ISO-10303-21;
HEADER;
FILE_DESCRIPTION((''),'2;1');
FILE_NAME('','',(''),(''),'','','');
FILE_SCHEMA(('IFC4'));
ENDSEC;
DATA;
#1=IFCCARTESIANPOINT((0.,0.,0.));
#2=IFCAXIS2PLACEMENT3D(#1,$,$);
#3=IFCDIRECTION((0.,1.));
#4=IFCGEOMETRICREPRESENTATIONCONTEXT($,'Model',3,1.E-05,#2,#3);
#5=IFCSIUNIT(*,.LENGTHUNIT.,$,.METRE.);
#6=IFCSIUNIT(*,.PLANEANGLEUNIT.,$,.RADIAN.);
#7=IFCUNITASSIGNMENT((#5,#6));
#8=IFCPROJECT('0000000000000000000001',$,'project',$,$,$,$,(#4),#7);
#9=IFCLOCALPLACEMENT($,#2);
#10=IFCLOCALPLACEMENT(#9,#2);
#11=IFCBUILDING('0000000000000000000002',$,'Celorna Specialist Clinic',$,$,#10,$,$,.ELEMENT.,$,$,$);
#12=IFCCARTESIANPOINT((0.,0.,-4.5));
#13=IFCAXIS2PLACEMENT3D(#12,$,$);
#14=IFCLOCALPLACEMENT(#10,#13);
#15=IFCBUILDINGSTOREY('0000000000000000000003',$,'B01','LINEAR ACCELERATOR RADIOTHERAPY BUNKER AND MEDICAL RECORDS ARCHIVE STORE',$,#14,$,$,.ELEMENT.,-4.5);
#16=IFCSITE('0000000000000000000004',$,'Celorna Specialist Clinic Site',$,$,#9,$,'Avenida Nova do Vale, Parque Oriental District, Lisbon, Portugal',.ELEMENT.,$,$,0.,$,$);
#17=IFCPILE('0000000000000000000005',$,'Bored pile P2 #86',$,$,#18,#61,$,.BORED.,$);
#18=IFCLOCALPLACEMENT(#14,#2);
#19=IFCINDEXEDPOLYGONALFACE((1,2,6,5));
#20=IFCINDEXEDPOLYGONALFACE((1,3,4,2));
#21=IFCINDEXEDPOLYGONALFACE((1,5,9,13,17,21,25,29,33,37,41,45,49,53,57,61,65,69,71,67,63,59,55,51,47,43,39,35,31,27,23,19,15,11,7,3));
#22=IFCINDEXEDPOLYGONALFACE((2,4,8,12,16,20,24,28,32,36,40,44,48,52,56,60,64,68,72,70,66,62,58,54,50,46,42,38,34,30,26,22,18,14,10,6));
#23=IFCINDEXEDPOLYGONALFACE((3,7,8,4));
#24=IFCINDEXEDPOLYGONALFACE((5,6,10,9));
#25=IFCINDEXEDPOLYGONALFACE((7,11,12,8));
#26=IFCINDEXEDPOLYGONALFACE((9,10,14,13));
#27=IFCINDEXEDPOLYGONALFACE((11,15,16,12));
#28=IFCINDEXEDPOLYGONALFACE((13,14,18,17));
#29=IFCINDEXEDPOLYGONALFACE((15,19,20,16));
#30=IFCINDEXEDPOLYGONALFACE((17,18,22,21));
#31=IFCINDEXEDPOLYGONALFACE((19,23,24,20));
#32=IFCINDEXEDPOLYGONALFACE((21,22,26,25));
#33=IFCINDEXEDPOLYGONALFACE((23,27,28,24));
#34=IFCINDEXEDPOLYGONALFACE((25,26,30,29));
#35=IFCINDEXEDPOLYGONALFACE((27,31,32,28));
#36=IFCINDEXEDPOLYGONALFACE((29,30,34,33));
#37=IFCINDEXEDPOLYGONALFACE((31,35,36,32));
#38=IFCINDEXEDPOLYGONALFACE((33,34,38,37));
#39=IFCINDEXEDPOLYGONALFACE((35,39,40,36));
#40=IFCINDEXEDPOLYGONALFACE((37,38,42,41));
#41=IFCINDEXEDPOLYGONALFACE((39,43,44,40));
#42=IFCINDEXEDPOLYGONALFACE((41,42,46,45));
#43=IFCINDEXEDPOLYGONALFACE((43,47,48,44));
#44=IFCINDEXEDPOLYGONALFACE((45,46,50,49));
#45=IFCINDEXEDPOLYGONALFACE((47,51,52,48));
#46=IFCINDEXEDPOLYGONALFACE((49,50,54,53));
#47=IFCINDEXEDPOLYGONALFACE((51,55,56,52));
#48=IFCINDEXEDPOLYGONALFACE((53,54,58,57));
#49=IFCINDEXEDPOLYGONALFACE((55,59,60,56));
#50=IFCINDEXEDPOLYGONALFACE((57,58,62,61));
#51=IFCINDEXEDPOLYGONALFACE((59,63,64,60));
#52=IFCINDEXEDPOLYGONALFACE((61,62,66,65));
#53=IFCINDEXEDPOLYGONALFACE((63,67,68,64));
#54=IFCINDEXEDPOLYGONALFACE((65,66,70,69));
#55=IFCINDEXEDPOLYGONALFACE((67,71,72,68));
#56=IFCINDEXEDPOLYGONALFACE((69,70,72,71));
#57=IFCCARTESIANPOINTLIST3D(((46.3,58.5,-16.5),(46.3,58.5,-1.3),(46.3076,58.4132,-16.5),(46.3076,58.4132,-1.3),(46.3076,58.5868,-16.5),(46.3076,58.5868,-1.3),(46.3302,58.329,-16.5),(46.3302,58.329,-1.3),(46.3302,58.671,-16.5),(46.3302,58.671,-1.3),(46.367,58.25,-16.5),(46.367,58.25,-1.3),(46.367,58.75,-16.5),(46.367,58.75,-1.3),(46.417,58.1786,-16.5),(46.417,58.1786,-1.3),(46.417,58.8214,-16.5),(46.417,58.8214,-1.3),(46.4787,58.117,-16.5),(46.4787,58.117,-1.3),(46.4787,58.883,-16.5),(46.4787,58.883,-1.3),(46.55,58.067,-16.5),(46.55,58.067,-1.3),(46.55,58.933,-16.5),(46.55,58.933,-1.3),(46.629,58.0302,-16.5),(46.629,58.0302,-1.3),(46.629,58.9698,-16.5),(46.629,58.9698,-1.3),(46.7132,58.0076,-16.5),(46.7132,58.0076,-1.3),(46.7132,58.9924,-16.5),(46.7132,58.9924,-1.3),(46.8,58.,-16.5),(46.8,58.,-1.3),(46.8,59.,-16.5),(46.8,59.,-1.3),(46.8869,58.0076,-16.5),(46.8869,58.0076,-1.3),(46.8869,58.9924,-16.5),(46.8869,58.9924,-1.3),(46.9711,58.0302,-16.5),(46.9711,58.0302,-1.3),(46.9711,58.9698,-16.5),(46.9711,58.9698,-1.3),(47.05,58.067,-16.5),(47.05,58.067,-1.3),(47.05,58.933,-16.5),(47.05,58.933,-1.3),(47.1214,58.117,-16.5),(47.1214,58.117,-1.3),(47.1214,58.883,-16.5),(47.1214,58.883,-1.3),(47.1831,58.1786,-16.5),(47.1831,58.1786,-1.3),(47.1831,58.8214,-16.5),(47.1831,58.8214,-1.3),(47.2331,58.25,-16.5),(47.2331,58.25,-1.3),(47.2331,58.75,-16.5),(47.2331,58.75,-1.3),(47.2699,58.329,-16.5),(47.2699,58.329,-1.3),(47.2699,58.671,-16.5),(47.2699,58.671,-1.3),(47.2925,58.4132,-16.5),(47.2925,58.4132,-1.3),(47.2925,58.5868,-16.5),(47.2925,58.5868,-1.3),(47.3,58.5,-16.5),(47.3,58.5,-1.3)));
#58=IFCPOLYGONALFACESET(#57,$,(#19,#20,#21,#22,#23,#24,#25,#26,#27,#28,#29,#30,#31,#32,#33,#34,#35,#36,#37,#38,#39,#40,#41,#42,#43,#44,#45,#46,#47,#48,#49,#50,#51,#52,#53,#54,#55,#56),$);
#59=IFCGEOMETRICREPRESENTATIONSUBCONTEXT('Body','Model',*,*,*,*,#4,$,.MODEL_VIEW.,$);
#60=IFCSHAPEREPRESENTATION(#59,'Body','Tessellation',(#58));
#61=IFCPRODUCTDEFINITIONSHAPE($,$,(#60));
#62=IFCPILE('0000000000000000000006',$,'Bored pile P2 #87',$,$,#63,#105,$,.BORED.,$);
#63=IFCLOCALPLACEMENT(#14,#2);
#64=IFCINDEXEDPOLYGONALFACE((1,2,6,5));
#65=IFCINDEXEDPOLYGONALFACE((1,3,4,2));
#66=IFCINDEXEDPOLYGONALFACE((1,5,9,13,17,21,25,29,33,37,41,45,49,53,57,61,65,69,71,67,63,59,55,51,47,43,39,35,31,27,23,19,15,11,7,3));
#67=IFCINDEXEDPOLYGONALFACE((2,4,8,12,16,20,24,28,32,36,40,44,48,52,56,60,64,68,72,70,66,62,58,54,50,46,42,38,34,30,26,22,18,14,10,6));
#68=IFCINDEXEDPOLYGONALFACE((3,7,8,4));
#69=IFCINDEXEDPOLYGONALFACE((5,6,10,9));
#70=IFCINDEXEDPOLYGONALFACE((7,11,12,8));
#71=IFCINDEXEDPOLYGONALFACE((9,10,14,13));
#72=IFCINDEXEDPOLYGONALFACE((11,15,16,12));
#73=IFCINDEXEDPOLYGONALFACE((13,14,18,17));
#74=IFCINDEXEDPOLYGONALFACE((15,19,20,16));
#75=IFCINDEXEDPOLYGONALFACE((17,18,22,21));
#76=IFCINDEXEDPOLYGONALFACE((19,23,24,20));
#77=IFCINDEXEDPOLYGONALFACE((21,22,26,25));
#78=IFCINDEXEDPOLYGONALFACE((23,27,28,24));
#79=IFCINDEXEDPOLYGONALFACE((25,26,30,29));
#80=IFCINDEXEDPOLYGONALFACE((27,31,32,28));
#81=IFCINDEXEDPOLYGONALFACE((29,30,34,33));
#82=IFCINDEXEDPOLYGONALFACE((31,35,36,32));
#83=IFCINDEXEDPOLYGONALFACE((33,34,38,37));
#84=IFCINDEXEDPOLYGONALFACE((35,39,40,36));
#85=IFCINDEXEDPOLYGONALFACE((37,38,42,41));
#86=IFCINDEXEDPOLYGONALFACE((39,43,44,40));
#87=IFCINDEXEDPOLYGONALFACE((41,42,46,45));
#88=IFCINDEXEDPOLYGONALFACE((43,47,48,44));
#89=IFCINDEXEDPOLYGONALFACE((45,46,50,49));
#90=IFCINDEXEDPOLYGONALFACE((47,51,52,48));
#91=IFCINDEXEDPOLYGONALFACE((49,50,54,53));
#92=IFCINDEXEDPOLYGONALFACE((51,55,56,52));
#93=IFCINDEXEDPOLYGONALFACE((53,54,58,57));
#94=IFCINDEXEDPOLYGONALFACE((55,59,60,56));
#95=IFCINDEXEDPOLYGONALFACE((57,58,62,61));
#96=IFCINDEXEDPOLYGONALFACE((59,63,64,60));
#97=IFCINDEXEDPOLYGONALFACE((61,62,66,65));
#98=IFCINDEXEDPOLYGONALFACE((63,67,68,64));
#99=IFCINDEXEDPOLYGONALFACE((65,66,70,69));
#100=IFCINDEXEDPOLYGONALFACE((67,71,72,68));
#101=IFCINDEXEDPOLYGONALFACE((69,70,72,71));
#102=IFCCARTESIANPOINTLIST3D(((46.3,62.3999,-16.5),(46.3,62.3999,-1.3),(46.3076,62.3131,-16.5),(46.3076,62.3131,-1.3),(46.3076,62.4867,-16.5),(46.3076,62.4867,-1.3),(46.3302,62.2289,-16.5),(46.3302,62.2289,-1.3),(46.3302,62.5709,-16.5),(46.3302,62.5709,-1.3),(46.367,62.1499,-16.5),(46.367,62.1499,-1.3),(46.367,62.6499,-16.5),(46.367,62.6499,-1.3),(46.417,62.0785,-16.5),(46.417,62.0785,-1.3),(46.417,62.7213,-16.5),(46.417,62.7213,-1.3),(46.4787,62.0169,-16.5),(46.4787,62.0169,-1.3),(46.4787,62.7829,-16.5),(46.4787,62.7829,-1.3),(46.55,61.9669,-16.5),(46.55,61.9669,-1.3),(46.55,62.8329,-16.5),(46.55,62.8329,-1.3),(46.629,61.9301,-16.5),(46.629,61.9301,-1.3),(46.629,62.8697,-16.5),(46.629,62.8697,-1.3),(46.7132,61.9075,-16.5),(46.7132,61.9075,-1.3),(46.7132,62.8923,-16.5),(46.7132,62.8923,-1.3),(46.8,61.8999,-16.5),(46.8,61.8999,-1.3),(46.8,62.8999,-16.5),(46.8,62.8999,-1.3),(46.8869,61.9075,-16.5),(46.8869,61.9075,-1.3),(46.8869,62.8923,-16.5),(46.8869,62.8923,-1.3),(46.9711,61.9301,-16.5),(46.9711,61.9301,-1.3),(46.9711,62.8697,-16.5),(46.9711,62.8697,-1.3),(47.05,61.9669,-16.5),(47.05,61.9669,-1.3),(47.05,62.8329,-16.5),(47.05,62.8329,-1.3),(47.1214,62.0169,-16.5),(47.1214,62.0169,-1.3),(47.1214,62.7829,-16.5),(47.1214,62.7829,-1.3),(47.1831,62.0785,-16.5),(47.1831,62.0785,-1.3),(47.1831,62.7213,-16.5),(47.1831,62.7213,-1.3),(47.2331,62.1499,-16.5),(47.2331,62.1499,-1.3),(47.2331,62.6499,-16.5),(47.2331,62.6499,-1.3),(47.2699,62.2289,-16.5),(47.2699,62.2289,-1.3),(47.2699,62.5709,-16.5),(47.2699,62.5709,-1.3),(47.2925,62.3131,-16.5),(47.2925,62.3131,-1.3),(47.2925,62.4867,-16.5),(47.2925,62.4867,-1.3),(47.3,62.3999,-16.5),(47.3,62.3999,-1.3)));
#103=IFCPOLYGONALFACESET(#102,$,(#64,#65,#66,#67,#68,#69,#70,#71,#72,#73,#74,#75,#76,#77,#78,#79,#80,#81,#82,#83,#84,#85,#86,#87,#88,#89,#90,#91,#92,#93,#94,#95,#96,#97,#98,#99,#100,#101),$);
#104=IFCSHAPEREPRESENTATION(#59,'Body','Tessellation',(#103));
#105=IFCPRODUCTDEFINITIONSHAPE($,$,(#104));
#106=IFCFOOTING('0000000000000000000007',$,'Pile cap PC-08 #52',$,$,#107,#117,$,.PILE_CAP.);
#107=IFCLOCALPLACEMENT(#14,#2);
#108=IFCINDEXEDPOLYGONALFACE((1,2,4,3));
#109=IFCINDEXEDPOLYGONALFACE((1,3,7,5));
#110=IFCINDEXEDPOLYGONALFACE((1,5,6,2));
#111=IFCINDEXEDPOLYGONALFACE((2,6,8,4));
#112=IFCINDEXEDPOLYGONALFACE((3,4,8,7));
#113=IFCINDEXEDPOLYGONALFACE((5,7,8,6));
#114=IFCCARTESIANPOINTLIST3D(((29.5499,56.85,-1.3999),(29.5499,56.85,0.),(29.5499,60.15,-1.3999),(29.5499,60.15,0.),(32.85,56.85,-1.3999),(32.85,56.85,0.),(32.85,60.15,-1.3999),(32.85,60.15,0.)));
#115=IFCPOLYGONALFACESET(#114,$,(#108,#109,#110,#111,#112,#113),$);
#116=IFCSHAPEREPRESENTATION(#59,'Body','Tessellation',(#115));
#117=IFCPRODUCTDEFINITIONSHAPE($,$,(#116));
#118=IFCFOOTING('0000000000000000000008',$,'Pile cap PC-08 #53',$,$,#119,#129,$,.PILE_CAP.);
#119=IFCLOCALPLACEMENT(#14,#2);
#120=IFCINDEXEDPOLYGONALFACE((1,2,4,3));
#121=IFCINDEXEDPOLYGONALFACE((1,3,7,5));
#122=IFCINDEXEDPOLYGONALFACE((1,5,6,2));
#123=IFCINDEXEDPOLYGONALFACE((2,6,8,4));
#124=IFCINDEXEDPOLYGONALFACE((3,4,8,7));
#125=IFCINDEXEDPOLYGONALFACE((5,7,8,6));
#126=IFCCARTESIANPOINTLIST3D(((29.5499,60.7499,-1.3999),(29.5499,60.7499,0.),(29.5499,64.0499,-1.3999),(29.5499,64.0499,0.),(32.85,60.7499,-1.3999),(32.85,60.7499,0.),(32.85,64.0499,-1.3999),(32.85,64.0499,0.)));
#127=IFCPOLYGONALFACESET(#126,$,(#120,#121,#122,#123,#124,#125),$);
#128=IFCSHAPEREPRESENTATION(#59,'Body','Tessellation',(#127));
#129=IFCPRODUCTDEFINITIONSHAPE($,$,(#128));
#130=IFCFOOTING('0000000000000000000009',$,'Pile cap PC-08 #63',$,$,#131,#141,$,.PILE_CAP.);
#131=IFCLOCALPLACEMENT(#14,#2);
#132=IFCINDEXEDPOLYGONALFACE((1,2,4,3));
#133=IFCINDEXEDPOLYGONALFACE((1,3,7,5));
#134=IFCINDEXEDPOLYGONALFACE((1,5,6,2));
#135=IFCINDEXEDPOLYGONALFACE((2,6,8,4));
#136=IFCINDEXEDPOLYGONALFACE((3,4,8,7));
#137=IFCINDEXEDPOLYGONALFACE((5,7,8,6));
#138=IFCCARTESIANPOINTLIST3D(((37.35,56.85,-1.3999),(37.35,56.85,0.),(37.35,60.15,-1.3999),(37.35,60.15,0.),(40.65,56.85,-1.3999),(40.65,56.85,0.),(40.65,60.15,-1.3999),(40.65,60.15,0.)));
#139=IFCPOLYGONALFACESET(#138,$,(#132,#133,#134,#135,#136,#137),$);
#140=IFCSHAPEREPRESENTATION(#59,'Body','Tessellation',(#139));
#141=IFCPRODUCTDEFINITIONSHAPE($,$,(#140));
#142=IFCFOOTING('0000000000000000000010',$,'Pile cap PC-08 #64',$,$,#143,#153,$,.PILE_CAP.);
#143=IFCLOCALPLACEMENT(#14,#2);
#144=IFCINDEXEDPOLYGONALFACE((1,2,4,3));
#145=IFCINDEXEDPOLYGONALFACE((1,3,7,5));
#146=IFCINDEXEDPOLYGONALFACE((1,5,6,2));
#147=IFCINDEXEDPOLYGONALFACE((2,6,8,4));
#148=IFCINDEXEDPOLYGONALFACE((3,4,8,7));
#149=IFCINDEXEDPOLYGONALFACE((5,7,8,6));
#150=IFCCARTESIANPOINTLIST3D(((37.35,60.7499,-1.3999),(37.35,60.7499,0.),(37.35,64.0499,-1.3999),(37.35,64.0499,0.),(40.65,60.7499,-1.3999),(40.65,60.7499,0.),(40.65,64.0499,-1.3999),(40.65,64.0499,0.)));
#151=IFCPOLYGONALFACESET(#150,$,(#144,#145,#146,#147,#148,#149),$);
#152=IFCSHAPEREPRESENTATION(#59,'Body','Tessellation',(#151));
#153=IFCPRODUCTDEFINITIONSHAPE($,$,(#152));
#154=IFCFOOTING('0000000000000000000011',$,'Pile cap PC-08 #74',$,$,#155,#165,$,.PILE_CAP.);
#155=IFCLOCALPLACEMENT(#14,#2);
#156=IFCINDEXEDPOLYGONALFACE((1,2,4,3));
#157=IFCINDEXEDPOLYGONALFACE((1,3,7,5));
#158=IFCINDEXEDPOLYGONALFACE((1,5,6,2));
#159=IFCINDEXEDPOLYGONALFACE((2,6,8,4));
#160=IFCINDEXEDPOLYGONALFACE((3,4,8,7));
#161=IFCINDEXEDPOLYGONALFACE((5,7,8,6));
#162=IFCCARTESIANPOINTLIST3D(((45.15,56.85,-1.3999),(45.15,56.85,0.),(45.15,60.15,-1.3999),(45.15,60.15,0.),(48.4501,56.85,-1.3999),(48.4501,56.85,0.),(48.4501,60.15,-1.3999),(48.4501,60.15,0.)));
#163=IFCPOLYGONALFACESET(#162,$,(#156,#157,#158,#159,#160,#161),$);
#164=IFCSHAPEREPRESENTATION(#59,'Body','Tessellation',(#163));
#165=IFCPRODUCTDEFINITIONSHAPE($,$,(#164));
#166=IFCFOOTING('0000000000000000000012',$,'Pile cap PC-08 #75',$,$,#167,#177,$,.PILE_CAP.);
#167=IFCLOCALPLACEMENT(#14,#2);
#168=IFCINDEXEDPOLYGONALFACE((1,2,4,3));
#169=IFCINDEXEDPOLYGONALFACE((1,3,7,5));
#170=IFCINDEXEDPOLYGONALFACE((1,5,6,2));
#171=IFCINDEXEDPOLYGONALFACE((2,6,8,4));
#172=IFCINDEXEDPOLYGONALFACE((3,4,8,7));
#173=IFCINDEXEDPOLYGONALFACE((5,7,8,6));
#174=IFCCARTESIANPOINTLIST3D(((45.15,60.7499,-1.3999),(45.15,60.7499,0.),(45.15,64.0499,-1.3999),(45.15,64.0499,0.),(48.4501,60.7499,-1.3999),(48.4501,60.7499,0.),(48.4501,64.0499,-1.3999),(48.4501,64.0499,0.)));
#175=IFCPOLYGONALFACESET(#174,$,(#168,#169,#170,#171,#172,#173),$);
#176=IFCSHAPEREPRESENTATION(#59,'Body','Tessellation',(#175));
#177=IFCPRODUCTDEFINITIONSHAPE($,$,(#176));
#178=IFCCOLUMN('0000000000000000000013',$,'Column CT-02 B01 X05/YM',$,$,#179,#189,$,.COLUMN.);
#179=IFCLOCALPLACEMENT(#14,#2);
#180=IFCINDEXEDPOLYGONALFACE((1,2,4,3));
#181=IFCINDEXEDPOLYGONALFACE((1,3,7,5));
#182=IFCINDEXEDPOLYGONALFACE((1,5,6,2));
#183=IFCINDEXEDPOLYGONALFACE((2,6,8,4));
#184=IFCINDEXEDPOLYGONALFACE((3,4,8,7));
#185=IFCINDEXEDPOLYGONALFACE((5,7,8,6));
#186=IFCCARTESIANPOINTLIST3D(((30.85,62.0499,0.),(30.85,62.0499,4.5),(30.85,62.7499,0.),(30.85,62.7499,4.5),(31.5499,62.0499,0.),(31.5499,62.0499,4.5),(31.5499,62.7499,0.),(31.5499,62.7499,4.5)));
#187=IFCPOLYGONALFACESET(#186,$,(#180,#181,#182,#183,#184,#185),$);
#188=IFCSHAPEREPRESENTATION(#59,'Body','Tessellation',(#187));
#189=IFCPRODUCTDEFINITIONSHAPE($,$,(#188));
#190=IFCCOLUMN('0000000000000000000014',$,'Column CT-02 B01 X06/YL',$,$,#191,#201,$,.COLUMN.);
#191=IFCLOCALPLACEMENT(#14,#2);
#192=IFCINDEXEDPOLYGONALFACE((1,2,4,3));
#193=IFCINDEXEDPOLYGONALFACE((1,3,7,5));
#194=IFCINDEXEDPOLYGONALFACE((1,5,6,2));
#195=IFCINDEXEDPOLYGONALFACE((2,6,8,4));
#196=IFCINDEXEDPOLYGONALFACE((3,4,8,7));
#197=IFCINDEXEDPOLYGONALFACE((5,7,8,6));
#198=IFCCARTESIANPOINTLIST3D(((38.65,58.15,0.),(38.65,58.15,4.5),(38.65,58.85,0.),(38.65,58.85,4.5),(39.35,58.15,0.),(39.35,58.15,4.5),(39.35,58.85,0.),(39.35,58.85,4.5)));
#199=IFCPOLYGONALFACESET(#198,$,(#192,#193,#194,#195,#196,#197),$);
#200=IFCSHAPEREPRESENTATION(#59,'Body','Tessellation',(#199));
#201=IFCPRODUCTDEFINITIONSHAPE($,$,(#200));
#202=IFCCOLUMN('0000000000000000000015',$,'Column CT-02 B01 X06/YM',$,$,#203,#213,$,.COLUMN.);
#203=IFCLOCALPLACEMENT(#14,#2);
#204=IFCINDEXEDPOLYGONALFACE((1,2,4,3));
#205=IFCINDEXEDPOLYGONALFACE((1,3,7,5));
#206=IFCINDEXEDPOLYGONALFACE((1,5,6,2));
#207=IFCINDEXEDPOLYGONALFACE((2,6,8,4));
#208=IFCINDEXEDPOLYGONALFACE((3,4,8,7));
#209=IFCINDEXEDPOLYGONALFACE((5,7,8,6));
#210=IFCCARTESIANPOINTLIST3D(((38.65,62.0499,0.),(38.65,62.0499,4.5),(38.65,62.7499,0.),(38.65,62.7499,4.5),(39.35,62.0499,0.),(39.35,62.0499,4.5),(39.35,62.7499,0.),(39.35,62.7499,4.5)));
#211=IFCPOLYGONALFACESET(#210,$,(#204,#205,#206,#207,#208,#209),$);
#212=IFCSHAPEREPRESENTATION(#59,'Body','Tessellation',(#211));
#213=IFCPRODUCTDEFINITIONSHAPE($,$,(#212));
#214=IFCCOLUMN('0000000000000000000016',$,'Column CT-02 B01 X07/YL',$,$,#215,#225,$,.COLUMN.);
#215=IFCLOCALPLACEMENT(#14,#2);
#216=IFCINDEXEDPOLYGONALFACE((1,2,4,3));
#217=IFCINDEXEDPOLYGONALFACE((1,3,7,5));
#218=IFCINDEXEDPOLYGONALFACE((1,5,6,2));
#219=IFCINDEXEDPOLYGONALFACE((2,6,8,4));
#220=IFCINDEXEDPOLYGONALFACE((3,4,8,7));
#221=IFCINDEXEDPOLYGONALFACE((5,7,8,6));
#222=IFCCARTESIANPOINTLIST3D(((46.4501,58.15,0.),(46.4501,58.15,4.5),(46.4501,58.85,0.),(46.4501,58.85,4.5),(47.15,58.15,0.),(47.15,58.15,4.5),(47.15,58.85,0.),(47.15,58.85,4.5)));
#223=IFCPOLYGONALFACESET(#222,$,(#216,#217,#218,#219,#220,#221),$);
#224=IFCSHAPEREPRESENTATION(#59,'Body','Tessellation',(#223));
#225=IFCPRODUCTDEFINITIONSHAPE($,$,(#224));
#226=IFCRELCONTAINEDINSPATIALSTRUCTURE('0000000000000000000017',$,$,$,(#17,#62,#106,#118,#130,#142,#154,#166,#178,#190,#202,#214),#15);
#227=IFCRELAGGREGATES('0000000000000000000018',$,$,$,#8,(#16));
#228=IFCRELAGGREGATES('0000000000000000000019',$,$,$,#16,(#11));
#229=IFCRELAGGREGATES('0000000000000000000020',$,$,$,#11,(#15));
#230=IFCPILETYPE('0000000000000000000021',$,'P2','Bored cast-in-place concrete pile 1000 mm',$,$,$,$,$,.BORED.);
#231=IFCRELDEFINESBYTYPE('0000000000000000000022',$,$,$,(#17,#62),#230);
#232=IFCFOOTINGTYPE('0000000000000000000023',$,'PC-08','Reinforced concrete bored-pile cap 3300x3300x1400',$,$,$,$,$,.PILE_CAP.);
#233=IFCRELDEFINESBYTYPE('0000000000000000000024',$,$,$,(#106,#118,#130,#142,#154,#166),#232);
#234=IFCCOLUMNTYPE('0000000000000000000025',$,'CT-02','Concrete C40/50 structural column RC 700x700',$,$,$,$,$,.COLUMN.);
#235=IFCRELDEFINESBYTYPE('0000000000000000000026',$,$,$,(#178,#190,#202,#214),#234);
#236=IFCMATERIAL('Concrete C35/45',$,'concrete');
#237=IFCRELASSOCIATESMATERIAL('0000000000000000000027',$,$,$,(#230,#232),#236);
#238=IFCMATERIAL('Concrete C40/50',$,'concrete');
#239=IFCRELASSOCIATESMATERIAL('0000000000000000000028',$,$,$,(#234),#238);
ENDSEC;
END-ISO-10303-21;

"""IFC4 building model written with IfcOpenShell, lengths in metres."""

from ifc_helpers import new_model, si_unit, direction, frame, origin, origin_2d, place, context, subcontext, project, spatial, rectangle, circle, extrude, material, material_profile, profile_set, type_object, element, save


model = new_model("IFC4")

# Units and contexts
model_context = context("Model", 3, precision=1e-05, world=origin(), true_north=direction((0.0, 1.0)))
body_context = subcontext(model_context, "Body", "Model", "MODEL_VIEW")
ifc_project = project(units=[si_unit("LENGTHUNIT", "METRE"), si_unit("PLANEANGLEUNIT", "RADIAN")], contexts=[model_context])

# Site, building, storey
site_placement = place(None, origin())
site = spatial("IfcSite", under=ifc_project, at=site_placement, Name="Celorna Specialist Clinic Site", LongName="Avenida Nova do Vale, Parque Oriental District, Lisbon, Portugal", CompositionType="ELEMENT", RefElevation=0.0)
building_placement = place(site_placement, origin())
building = spatial("IfcBuilding", under=site, at=building_placement, Name="Celorna Specialist Clinic", CompositionType="ELEMENT")
storey_placement = place(building_placement, frame((0.0, 0.0, -4.5)))
storey = spatial("IfcBuildingStorey", under=building, at=storey_placement, Name="B01", Description="LINEAR ACCELERATOR RADIOTHERAPY BUNKER AND MEDICAL RECORDS ARCHIVE STORE", CompositionType="ELEMENT", Elevation=-4.5)

# Shared definitions
ifc_material_1 = material(Name="Concrete C35/45", Category="concrete")

# Piles
ifc_material_profile_1 = material_profile(ifc_material_1, circle(Radius=0.5, at=origin_2d()), Name="BORED PILE 1000")
ifc_profile_set_1 = profile_set([ifc_material_profile_1], Name="Concrete C35/45")
pile_type = type_object("IfcPileType", Name="P2", Description="Bored cast-in-place concrete pile 1000 mm", PredefinedType="BORED", material=ifc_profile_set_1)
for number, where, z_axis, x_axis, name in (
    (1, (46.8, 58.5, -1.3), (0.0, 0.0, -1.0), (1.0, 0.0, 0.0), "Bored pile P2 #86"),
    (2, (46.8, 62.3999, -1.3), (0.0, 0.0, -1.0), (1.0, 0.0, 0.0), "Bored pile P2 #87"),
):
    element("IfcPile", number, at=place(storey_placement, frame(where, z_axis=z_axis, x_axis=x_axis)), inside=storey, type_object=pile_type, Name=name, PredefinedType="BORED", context=body_context, shape_type="SweptSolid", body=[
        extrude(circle(Radius=0.5, at=origin_2d()), origin(), (0.0, 0.0, 1.0), 15.2),
    ])

# Footings
footing_type_1 = type_object("IfcFootingType", Name="PC-08", Description="Reinforced concrete bored-pile cap 3300x3300x1400", PredefinedType="PILE_CAP", material=ifc_material_1)
for number, where, z_axis, x_axis, name in (
    (3, (31.2, 58.5, -1.3999), (0.0, 0.0, 1.0), (1.0, 0.0, 0.0), "Pile cap PC-08 #52"),
    (4, (31.2, 62.3999, -1.3999), (0.0, 0.0, 1.0), (1.0, 0.0, 0.0), "Pile cap PC-08 #53"),
    (5, (39.0, 58.5, -1.3999), (0.0, 0.0, 1.0), (1.0, 0.0, 0.0), "Pile cap PC-08 #63"),
    (6, (39.0, 62.3999, -1.3999), (0.0, 0.0, 1.0), (1.0, 0.0, 0.0), "Pile cap PC-08 #64"),
    (7, (46.8, 58.5, -1.3999), (0.0, 0.0, 1.0), (1.0, 0.0, 0.0), "Pile cap PC-08 #74"),
    (8, (46.8, 62.3999, -1.3999), (0.0, 0.0, 1.0), (1.0, 0.0, 0.0), "Pile cap PC-08 #75"),
):
    element("IfcFooting", number, at=place(storey_placement, frame(where, z_axis=z_axis, x_axis=x_axis)), inside=storey, type_object=footing_type_1, Name=name, PredefinedType="PILE_CAP", context=body_context, shape_type="SweptSolid", body=[
        extrude(rectangle(XDim=3.3, YDim=3.3, at=origin_2d()), origin(), (0.0, 0.0, 1.0), 1.3999),
    ])

# Columns
ifc_material_2 = material(Name="Concrete C40/50", Category="concrete")
ifc_material_profile_2 = material_profile(ifc_material_2, rectangle(XDim=0.7, YDim=0.7, at=origin_2d()), Name="RC 700x700")
ifc_profile_set_2 = profile_set([ifc_material_profile_2], Name="Concrete C40/50")
column_type = type_object("IfcColumnType", Name="CT-02", Description="Concrete C40/50 structural column RC 700x700", PredefinedType="COLUMN", material=ifc_profile_set_2)
for number, where, z_axis, x_axis, name in (
    (9, (31.2, 62.3999, 0.0), (0.0, 0.0, 1.0), (1.0, 0.0, 0.0), "Column CT-02 B01 X05/YM"),
    (10, (39.0, 58.5, 0.0), (0.0, 0.0, 1.0), (1.0, 0.0, 0.0), "Column CT-02 B01 X06/YL"),
    (11, (39.0, 62.3999, 0.0), (0.0, 0.0, 1.0), (1.0, 0.0, 0.0), "Column CT-02 B01 X06/YM"),
    (12, (46.8, 58.5, 0.0), (0.0, 0.0, 1.0), (1.0, 0.0, 0.0), "Column CT-02 B01 X07/YL"),
):
    element("IfcColumn", number, at=place(storey_placement, frame(where, z_axis=z_axis, x_axis=x_axis)), inside=storey, type_object=column_type, Name=name, PredefinedType="COLUMN", context=body_context, shape_type="SweptSolid", body=[
        extrude(rectangle(XDim=0.7, YDim=0.7, at=origin_2d()), origin(), (0.0, 0.0, 1.0), 4.5),
    ])

save(model, "model.ifc")
